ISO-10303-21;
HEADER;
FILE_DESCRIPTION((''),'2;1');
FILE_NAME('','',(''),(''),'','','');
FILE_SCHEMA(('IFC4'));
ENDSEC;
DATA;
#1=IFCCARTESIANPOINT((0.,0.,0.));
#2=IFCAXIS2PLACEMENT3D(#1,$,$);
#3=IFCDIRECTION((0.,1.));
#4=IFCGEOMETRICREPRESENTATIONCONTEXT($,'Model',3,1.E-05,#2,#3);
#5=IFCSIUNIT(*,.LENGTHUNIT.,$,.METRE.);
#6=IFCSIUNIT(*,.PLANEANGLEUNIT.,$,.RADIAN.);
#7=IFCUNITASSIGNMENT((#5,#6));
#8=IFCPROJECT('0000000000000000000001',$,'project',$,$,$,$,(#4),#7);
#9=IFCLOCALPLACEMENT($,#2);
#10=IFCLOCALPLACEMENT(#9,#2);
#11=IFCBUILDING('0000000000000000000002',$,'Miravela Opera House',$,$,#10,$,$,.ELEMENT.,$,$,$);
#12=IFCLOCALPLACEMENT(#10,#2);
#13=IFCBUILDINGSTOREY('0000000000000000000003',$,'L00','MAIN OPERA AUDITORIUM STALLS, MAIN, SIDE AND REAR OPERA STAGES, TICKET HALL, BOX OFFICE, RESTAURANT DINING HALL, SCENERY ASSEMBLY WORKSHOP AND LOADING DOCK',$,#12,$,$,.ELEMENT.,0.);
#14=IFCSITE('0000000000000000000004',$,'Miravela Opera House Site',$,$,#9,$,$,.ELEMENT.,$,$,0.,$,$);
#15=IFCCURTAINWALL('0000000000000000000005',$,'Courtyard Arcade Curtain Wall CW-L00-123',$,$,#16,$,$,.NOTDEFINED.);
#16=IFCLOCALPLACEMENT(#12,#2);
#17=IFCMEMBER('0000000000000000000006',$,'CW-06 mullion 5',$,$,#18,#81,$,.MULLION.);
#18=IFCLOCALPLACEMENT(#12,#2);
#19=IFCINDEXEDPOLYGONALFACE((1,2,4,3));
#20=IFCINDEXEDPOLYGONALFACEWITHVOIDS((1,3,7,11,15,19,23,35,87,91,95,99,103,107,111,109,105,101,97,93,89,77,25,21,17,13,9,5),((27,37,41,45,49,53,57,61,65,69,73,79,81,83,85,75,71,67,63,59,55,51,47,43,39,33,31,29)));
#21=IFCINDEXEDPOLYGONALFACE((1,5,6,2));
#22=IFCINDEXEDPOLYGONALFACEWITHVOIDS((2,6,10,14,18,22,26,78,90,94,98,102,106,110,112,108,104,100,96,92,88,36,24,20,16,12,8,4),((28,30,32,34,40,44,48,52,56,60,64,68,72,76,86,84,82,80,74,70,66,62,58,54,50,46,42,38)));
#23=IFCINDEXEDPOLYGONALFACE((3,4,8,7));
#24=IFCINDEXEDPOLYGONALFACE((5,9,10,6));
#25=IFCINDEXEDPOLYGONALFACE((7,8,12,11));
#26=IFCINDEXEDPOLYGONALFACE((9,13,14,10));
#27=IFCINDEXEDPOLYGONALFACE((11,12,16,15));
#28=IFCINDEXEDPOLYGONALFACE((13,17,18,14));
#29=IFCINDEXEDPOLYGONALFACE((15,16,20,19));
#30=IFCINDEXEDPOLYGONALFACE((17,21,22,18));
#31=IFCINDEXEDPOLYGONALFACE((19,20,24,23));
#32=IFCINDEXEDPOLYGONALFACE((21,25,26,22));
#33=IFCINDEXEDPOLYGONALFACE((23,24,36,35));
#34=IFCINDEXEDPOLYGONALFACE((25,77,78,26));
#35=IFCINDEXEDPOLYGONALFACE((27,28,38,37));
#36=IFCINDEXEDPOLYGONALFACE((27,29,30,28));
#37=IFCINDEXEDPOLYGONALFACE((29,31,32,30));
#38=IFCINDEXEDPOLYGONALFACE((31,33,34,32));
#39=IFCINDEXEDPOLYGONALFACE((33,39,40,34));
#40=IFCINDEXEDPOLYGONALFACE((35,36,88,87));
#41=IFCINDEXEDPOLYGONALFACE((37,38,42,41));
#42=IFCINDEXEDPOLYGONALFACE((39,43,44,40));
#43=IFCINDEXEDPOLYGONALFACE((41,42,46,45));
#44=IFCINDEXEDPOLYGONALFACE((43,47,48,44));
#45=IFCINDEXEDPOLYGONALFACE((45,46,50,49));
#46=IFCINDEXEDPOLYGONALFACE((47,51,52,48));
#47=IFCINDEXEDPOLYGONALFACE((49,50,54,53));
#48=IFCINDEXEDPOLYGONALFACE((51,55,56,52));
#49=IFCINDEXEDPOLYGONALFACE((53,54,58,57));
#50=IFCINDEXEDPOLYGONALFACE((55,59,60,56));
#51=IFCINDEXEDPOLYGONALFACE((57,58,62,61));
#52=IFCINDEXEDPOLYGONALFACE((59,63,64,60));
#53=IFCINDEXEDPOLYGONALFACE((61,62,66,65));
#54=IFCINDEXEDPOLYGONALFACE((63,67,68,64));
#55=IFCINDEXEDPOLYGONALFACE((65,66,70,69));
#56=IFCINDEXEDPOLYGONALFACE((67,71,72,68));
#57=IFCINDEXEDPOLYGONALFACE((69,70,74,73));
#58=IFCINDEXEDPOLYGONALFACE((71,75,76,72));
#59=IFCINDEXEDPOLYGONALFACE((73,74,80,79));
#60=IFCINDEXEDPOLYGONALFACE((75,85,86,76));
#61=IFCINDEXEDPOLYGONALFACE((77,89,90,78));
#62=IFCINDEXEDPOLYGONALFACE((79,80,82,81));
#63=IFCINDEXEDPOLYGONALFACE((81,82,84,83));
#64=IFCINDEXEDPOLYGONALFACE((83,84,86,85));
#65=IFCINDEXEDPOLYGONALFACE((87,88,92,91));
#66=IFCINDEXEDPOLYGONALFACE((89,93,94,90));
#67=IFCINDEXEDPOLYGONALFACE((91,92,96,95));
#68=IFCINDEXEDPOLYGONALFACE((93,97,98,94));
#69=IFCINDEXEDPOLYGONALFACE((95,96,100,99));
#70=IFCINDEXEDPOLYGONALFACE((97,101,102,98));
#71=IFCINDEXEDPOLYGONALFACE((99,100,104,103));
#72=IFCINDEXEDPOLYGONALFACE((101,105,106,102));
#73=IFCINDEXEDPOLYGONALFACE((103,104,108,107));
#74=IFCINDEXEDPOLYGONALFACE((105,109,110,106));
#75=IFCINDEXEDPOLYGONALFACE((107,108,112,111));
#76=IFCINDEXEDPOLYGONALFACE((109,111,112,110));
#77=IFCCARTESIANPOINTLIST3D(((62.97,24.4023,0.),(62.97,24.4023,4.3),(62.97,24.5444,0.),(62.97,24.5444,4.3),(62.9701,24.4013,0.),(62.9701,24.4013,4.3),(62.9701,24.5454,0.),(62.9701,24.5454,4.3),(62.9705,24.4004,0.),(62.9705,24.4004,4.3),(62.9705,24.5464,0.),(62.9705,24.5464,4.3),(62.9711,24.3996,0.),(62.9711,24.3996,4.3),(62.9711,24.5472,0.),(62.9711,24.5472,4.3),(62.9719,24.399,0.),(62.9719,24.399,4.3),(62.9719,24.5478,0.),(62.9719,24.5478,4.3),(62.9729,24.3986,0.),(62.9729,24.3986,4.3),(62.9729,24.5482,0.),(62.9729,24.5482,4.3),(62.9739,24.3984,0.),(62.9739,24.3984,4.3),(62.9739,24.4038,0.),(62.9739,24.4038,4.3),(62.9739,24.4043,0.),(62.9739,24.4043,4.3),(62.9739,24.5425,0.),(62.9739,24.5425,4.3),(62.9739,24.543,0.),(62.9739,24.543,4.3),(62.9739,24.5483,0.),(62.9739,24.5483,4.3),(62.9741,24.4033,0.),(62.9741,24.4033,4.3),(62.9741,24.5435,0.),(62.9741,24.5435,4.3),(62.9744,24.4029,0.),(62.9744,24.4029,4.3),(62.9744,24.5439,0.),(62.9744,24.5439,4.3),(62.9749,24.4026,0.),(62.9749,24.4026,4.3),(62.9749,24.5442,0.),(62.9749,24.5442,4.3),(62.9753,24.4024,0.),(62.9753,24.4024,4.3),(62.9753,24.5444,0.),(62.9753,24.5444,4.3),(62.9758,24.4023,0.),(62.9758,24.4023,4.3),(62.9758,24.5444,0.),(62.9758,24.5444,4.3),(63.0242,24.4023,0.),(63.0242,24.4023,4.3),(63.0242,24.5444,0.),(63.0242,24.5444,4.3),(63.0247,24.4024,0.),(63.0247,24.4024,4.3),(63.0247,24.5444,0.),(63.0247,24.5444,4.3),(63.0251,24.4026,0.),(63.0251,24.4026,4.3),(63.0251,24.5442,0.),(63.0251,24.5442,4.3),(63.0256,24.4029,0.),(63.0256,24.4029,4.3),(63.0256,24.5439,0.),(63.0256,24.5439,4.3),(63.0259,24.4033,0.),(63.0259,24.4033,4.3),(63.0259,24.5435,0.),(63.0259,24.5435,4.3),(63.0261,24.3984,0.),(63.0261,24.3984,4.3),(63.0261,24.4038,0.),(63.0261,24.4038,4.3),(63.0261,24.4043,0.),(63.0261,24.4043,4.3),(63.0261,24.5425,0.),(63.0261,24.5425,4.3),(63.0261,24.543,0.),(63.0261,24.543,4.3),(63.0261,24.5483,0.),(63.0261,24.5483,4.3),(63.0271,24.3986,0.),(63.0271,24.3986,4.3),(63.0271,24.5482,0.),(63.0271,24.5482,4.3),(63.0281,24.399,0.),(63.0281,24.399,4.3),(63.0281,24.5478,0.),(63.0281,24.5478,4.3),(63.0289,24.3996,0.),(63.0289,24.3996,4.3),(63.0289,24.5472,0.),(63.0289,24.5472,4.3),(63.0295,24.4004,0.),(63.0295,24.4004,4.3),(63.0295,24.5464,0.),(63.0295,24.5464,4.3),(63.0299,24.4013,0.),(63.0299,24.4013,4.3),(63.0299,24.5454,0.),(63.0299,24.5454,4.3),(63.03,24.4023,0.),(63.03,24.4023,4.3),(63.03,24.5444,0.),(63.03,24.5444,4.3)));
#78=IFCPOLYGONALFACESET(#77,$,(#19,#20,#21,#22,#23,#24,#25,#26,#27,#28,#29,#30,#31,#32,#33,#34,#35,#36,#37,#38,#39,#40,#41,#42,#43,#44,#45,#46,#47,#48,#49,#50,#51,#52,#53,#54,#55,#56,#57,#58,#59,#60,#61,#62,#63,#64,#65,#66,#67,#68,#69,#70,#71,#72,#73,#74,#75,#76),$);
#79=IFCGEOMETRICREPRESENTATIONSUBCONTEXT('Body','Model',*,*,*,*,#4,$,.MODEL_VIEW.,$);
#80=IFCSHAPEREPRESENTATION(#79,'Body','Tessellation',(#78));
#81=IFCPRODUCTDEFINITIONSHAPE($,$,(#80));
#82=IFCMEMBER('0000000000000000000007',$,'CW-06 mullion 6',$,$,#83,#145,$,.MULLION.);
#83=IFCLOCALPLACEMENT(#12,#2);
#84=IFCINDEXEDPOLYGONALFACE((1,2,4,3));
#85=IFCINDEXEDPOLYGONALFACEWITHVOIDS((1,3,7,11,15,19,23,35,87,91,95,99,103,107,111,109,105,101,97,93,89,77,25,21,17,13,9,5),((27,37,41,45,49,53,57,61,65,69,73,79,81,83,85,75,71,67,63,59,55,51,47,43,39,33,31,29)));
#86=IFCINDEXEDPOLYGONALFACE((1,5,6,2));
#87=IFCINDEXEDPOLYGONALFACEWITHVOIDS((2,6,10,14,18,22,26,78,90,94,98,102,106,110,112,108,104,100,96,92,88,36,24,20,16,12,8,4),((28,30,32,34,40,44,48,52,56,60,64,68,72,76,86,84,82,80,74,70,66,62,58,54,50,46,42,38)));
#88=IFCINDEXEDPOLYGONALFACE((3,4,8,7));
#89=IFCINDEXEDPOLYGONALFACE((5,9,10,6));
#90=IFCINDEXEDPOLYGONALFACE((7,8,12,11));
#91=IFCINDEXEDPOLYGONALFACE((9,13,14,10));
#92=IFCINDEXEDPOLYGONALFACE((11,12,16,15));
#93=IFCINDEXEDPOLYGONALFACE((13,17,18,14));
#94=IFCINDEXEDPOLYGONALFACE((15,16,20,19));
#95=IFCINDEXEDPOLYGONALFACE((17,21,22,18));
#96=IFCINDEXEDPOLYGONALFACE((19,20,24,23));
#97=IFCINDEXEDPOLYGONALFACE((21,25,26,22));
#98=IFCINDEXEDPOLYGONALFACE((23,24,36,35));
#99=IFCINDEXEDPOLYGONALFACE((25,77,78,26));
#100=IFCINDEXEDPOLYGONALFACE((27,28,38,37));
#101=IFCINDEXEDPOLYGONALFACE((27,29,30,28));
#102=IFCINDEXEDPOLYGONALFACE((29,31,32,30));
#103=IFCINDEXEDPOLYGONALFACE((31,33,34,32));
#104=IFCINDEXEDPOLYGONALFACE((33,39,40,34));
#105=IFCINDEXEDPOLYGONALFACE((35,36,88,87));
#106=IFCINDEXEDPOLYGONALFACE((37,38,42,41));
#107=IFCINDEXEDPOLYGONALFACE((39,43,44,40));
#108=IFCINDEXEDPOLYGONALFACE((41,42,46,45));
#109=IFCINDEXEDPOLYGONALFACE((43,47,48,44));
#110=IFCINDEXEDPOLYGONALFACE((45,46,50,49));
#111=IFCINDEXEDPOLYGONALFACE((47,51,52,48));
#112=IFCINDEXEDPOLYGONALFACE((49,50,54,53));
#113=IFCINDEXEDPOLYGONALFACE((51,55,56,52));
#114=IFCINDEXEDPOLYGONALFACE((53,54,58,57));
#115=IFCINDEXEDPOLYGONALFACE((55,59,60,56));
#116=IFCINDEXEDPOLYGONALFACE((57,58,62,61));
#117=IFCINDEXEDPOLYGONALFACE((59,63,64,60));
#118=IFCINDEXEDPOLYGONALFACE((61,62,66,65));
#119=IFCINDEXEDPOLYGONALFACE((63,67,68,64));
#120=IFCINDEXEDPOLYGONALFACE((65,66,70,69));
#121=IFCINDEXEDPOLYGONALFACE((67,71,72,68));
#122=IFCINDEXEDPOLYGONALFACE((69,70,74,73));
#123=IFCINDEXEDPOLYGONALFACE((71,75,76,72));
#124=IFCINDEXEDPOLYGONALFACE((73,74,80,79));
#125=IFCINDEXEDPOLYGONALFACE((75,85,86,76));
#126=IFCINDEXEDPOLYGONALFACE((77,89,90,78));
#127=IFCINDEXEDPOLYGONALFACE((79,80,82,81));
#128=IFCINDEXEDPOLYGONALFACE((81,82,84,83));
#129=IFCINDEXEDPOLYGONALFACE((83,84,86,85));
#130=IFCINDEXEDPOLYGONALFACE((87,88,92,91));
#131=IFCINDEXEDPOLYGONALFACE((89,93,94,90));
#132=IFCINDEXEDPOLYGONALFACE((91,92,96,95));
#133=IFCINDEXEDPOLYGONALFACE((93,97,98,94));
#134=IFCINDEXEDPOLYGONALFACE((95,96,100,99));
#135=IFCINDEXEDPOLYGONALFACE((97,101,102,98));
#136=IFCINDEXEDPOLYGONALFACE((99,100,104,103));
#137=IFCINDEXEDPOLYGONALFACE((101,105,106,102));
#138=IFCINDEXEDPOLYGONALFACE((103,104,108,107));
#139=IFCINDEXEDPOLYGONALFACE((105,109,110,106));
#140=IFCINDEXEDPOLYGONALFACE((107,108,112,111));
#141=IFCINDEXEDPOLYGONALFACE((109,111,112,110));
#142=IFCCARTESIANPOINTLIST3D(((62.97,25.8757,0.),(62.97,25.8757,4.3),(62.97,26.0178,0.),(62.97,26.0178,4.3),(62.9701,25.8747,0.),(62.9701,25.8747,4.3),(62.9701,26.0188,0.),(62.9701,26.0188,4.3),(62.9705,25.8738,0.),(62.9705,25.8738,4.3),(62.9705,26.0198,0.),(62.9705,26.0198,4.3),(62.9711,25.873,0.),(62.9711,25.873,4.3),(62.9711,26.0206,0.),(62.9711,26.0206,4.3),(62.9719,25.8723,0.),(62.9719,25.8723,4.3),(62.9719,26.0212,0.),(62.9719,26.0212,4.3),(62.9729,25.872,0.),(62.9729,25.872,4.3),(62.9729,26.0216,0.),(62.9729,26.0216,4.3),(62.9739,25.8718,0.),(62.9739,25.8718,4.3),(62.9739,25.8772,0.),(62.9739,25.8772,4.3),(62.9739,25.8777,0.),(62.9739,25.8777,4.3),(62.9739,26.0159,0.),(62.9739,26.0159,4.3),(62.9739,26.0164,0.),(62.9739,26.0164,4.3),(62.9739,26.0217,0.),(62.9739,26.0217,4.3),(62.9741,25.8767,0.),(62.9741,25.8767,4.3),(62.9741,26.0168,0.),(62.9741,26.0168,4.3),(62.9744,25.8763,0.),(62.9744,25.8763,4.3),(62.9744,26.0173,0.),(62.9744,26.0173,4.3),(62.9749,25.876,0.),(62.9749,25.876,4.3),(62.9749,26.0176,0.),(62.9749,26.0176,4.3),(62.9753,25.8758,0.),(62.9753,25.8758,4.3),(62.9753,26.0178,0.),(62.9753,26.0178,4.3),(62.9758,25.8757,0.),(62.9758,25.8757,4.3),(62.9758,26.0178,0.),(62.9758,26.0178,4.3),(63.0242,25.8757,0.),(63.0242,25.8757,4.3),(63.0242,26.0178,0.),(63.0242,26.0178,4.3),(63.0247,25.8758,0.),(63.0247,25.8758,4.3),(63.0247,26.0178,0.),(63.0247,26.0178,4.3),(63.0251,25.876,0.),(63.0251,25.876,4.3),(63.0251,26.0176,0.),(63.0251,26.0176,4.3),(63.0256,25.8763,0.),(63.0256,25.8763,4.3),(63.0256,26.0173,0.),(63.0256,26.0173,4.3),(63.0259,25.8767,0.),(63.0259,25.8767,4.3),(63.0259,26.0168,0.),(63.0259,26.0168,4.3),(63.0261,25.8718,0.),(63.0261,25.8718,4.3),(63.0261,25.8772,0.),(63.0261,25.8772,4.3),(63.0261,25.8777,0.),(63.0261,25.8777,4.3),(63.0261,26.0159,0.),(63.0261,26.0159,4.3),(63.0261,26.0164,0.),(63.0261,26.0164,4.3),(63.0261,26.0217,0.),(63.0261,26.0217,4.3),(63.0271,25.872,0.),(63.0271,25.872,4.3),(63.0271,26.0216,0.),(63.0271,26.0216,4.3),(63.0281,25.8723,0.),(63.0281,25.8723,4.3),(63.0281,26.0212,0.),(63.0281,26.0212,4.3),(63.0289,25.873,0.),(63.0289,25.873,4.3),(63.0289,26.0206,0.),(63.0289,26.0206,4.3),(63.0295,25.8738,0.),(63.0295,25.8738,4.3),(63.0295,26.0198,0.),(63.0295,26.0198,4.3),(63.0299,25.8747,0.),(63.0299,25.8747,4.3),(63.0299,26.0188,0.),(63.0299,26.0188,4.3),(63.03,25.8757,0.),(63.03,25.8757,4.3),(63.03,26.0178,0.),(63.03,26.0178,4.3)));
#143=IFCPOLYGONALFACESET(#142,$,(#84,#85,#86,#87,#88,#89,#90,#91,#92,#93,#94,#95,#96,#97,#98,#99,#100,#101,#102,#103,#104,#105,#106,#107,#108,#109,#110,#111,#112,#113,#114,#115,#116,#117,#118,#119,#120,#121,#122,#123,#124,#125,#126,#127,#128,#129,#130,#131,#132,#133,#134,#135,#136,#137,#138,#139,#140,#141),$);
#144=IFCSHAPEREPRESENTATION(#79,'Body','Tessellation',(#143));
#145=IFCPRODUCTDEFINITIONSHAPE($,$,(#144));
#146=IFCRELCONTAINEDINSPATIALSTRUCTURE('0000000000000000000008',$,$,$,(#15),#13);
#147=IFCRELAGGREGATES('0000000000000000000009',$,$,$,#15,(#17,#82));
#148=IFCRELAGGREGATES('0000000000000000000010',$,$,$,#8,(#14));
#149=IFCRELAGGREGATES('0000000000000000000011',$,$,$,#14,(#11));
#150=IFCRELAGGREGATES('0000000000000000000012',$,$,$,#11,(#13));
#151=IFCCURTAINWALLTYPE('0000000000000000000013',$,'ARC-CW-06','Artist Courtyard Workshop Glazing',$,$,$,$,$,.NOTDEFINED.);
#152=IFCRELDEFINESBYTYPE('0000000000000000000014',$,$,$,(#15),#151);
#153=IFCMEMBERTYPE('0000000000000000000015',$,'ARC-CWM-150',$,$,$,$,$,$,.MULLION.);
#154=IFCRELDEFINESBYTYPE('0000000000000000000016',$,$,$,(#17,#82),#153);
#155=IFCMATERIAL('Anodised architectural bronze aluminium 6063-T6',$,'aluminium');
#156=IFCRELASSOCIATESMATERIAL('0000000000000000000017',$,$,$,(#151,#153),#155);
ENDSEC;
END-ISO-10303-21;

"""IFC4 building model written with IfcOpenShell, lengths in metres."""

from ifc_helpers import new_model, si_unit, direction, frame, origin, origin_2d, place, context, subcontext, project, spatial, hollow_rectangle, extrude, material, material_profile, profile_set, type_object, element, aggregate, save


model = new_model("IFC4")

# Units and contexts
model_context = context("Model", 3, precision=1e-05, world=origin(), true_north=direction((0.0, 1.0)))
body_context = subcontext(model_context, "Body", "Model", "MODEL_VIEW")
ifc_project = project(units=[si_unit("LENGTHUNIT", "METRE"), si_unit("PLANEANGLEUNIT", "RADIAN")], contexts=[model_context])

# Site, building, storey
site_placement = place(None, origin())
site = spatial("IfcSite", under=ifc_project, at=site_placement, Name="Miravela Opera House Site", CompositionType="ELEMENT", RefElevation=0.0)
building_placement = place(site_placement, origin())
building = spatial("IfcBuilding", under=site, at=building_placement, Name="Miravela Opera House", CompositionType="ELEMENT")
storey_placement = place(building_placement, origin())
storey = spatial("IfcBuildingStorey", under=building, at=storey_placement, Name="L00", Description="MAIN OPERA AUDITORIUM STALLS, MAIN, SIDE AND REAR OPERA STAGES, TICKET HALL, BOX OFFICE, RESTAURANT DINING HALL, SCENERY ASSEMBLY WORKSHOP AND LOADING DOCK", CompositionType="ELEMENT", Elevation=0.0)

# Curtain wall, members
ifc_material_1 = material(Name="Anodised architectural bronze aluminium 6063-T6", Category="aluminium")
curtain_wall_type = type_object("IfcCurtainWallType", Name="ARC-CW-06", Description="Artist Courtyard Workshop Glazing", PredefinedType="NOTDEFINED", material=ifc_material_1)
curtain_wall_placement = place(storey_placement, origin())
curtain_wall = element("IfcCurtainWall", 1, at=curtain_wall_placement, inside=storey, type_object=curtain_wall_type, Name="Courtyard Arcade Curtain Wall CW-L00-123", PredefinedType="NOTDEFINED")
ifc_material_profile_1 = material_profile(ifc_material_1, hollow_rectangle(XDim=0.0601, YDim=0.1499, WallThickness=0.0039, InnerFilletRadius=0.002, OuterFilletRadius=0.0039, at=origin_2d()), Name="CWM-60X150")
ifc_profile_set_1 = profile_set([ifc_material_profile_1])
member_type_1 = type_object("IfcMemberType", Name="ARC-CWM-150", PredefinedType="MULLION", material=ifc_profile_set_1)
member_1_placement = place(storey_placement, frame((63.0, 24.4734, 0.0), z_axis=(0.0, 0.0, 1.0), x_axis=(-1.0, 0.0, 0.0)))
member_1 = element("IfcMember", 2, at=member_1_placement, type_object=member_type_1, Name="CW-06 mullion 5", PredefinedType="MULLION", context=body_context, shape_type="SweptSolid", body=[
    extrude(hollow_rectangle(XDim=0.0601, YDim=0.1499, WallThickness=0.0039, InnerFilletRadius=0.002, OuterFilletRadius=0.0039, at=origin_2d()), origin(), (0.0, 0.0, 1.0), 4.3),
])
member_2_placement = place(storey_placement, frame((63.0, 25.9468, 0.0), z_axis=(0.0, 0.0, 1.0), x_axis=(-1.0, 0.0, 0.0)))
member_2 = element("IfcMember", 3, at=member_2_placement, type_object=member_type_1, Name="CW-06 mullion 6", PredefinedType="MULLION", context=body_context, shape_type="SweptSolid", body=[
    extrude(hollow_rectangle(XDim=0.0601, YDim=0.1499, WallThickness=0.0039, InnerFilletRadius=0.002, OuterFilletRadius=0.0039, at=origin_2d()), origin(), (0.0, 0.0, 1.0), 4.3),
])

aggregate(curtain_wall, [member_1, member_2])

save(model, "model.ifc")
